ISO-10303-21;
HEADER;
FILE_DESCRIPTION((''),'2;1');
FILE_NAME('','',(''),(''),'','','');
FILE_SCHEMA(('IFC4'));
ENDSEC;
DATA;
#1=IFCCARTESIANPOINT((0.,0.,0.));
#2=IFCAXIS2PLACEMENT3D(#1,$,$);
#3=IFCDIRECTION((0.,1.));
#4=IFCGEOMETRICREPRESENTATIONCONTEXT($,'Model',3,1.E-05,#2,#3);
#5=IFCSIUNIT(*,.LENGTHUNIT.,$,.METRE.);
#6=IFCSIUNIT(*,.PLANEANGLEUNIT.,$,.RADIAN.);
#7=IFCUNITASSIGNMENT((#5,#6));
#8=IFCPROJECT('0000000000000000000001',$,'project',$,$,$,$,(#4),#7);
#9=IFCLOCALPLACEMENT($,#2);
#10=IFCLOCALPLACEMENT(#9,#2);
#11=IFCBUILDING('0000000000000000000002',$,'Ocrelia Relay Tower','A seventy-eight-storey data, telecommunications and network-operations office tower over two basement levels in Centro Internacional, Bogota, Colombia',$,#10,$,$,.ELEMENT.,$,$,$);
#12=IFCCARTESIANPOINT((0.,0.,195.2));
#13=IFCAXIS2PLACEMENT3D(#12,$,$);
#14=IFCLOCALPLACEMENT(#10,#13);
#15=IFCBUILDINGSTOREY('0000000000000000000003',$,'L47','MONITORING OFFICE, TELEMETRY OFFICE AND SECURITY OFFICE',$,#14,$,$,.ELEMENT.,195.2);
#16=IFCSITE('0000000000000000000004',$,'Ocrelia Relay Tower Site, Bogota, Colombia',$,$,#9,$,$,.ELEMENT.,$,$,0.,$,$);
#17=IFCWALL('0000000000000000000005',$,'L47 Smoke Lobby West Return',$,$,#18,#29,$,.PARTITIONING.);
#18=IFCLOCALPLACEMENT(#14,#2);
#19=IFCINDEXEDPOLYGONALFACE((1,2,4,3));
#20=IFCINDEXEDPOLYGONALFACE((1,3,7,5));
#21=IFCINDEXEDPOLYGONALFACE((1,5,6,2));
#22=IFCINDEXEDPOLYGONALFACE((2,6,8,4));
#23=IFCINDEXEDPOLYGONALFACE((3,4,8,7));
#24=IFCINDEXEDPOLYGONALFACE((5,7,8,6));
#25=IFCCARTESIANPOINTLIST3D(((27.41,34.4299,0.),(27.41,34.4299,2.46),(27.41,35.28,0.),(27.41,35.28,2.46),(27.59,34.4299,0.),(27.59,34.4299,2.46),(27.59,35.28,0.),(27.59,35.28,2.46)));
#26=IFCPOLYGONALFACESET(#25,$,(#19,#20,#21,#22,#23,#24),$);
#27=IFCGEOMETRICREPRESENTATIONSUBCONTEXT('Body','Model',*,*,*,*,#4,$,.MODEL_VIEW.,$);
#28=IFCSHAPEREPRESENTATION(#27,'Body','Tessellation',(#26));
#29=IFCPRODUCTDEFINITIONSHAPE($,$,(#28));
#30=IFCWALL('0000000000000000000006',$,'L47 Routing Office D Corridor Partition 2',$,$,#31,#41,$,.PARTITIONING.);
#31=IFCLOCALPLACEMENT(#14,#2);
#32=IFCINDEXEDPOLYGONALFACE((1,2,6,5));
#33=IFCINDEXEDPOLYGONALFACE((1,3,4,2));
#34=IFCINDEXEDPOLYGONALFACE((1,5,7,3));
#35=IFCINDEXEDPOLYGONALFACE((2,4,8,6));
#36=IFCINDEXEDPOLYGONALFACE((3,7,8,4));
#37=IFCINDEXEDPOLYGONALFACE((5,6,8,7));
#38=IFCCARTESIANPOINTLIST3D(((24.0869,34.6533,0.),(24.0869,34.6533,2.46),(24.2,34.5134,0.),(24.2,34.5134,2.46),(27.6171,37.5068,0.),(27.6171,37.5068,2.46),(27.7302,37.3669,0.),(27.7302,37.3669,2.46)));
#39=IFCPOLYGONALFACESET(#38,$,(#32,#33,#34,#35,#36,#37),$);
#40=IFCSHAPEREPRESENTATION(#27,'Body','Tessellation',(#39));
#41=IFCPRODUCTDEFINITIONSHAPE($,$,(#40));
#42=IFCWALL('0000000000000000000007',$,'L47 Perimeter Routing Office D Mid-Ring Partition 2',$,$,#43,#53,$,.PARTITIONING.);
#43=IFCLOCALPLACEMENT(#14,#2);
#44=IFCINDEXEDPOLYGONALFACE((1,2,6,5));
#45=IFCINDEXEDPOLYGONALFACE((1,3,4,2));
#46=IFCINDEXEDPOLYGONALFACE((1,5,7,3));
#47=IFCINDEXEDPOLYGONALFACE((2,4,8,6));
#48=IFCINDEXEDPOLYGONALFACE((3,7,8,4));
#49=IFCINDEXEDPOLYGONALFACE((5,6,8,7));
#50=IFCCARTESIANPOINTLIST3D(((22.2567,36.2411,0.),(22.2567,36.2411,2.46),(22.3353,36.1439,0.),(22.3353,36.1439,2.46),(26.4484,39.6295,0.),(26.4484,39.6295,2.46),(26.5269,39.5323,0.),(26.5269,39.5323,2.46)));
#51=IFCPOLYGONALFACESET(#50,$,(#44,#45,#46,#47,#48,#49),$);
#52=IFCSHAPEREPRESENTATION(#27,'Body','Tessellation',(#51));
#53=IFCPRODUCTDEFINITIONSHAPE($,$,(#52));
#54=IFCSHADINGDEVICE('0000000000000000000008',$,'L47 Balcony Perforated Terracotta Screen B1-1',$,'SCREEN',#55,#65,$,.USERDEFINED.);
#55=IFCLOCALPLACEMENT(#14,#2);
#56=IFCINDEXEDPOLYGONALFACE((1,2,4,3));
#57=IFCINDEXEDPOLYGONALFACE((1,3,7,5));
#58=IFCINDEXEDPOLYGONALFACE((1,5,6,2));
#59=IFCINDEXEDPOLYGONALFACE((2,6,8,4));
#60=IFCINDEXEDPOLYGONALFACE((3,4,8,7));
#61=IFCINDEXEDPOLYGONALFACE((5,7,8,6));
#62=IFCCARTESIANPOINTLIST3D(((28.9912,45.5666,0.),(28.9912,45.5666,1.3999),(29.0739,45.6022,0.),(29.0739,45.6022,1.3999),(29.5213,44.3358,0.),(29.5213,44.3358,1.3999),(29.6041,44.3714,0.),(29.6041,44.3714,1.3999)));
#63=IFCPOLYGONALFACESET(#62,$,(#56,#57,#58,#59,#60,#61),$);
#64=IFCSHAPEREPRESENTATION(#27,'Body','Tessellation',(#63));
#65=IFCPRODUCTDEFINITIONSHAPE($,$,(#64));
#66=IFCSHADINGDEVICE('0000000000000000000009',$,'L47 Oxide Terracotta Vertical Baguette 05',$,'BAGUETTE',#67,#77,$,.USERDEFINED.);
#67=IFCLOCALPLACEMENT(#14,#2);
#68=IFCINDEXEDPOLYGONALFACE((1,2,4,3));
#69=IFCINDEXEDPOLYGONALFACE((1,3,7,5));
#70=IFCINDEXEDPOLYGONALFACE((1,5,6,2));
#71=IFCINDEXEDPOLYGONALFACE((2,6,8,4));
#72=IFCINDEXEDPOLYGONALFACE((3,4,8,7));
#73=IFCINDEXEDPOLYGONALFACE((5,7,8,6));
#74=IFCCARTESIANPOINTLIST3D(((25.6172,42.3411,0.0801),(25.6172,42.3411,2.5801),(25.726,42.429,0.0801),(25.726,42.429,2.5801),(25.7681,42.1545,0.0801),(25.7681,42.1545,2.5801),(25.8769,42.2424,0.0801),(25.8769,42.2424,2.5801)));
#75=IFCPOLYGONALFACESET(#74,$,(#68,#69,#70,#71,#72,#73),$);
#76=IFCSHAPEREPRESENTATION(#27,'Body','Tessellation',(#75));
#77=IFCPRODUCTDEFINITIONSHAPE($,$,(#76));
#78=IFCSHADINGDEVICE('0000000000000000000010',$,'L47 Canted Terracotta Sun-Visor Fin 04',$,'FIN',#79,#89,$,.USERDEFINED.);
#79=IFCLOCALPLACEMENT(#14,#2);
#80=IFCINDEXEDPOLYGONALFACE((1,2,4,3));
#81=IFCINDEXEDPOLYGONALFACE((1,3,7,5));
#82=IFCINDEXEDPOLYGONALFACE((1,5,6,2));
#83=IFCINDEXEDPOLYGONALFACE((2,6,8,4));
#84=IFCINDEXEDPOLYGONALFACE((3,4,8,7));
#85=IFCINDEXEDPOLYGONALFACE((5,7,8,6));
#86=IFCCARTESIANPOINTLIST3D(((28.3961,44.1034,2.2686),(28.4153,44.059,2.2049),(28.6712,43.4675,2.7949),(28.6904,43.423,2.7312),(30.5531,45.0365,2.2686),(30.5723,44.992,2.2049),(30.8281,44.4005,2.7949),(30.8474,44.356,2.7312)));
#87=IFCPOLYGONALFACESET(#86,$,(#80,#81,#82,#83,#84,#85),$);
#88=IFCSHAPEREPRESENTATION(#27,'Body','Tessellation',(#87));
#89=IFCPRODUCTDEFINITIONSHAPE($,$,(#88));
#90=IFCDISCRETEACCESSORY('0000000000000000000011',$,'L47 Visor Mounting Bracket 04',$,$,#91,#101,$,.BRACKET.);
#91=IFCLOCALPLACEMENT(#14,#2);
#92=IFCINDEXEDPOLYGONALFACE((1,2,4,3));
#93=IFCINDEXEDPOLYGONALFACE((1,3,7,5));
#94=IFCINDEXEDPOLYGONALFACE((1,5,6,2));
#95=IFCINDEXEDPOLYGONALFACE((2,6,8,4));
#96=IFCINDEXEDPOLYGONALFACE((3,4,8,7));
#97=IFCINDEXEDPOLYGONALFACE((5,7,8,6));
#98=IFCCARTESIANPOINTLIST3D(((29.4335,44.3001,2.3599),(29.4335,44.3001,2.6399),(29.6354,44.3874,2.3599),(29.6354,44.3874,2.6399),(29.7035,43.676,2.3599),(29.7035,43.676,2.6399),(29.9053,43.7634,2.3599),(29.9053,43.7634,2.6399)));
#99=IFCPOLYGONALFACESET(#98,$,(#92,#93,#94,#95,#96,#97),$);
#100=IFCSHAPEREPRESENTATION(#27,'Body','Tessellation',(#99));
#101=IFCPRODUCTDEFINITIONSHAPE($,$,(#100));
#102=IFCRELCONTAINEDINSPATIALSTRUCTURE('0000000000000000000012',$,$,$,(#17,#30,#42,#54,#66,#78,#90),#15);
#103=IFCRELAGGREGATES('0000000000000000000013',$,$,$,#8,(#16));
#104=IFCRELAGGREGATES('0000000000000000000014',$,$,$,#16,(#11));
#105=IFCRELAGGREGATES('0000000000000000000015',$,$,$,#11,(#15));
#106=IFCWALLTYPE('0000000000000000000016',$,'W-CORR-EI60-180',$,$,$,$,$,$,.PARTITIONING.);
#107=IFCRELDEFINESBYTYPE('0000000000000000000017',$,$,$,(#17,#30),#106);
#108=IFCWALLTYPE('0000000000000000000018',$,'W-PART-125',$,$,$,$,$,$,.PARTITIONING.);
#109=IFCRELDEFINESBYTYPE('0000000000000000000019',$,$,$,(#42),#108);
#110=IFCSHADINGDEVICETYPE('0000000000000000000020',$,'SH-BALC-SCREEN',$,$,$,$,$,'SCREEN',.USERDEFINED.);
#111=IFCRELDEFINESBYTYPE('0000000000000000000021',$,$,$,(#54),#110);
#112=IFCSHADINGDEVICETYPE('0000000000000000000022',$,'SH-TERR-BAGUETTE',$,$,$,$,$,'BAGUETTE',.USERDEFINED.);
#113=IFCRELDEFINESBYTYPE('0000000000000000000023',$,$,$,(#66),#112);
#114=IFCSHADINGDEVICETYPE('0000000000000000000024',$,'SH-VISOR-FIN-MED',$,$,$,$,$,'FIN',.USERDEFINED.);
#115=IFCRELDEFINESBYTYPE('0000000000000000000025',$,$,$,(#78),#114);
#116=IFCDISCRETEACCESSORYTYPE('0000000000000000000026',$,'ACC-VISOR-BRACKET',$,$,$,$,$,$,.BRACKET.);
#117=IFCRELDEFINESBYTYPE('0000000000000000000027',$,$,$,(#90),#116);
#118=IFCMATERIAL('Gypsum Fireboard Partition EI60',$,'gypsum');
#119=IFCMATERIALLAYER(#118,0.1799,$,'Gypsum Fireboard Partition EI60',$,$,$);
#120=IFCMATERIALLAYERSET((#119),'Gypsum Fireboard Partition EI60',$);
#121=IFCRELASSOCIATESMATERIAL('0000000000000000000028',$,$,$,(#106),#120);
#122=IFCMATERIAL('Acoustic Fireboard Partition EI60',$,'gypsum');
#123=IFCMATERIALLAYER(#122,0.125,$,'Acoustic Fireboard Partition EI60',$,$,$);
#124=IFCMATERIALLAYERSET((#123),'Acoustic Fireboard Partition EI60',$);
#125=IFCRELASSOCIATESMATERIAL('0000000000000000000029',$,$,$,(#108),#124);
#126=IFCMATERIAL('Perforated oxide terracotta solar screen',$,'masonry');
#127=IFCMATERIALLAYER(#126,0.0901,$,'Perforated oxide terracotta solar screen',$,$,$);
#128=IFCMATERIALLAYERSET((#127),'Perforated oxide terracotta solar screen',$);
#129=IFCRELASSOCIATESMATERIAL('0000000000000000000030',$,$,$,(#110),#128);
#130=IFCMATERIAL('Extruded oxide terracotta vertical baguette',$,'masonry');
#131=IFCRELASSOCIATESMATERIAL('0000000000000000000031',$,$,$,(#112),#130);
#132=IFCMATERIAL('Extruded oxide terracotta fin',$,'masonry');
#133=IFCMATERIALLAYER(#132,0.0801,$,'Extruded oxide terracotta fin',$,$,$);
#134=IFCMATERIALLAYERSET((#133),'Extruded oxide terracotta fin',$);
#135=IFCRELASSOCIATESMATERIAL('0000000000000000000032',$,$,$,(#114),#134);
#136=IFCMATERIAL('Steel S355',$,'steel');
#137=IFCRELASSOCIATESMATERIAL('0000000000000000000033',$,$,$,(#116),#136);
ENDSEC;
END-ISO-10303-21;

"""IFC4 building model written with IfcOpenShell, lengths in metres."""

from ifc_helpers import new_model, si_unit, direction, frame, frame_2d, origin, origin_2d, place, context, subcontext, project, spatial, rectangle, extrude, material, layer, layer_set, type_object, element, save


model = new_model("IFC4")

# Units and contexts
model_context = context("Model", 3, precision=1e-05, world=origin(), true_north=direction((0.0, 1.0)))
body_context = subcontext(model_context, "Body", "Model", "MODEL_VIEW")
ifc_project = project(units=[si_unit("LENGTHUNIT", "METRE"), si_unit("PLANEANGLEUNIT", "RADIAN")], contexts=[model_context])

# Site, building, storey
site_placement = place(None, origin())
site = spatial("IfcSite", under=ifc_project, at=site_placement, Name="Ocrelia Relay Tower Site, Bogota, Colombia", CompositionType="ELEMENT", RefElevation=0.0)
building_placement = place(site_placement, origin())
building = spatial("IfcBuilding", under=site, at=building_placement, Name="Ocrelia Relay Tower", Description="A seventy-eight-storey data, telecommunications and network-operations office tower over two basement levels in Centro Internacional, Bogota, Colombia", CompositionType="ELEMENT")
storey_placement = place(building_placement, frame((0.0, 0.0, 195.2)))
storey = spatial("IfcBuildingStorey", under=building, at=storey_placement, Name="L47", Description="MONITORING OFFICE, TELEMETRY OFFICE AND SECURITY OFFICE", CompositionType="ELEMENT", Elevation=195.2)

# Shared definitions
ifc_material_1 = material(Name="Steel S355", Category="steel")

# Wall
ifc_material_2 = material(Name="Gypsum Fireboard Partition EI60", Category="gypsum")
ifc_layer_1 = layer(ifc_material_2, 0.1799, Name="Gypsum Fireboard Partition EI60")
ifc_layer_set_1 = layer_set([ifc_layer_1], Name="Gypsum Fireboard Partition EI60")
wall_type_1 = type_object("IfcWallType", Name="W-CORR-EI60-180", PredefinedType="PARTITIONING", material=ifc_layer_set_1)
wall_1_placement = place(storey_placement, frame((27.5, 34.4299, 0.0), z_axis=(0.0, 0.0, 1.0), x_axis=(0.0, 1.0, 0.0)))
element("IfcWall", 1, at=wall_1_placement, inside=storey, type_object=wall_type_1, Name="L47 Smoke Lobby West Return", PredefinedType="PARTITIONING", context=body_context, shape_type="SweptSolid", body=[
    extrude(rectangle(XDim=0.8501, YDim=0.1799, at=frame_2d((0.425, 0.0))), origin(), (0.0, 0.0, 1.0), 2.46),
])

# Wall
wall_2_placement = place(storey_placement, frame((27.6736, 37.4368, 0.0), z_axis=(0.0, 0.0, 1.0), x_axis=(-0.777711, -0.628622, 0.0)))
element("IfcWall", 2, at=wall_2_placement, inside=storey, type_object=wall_type_1, Name="L47 Routing Office D Corridor Partition 2", PredefinedType="PARTITIONING", context=body_context, shape_type="SweptSolid", body=[
    extrude(rectangle(XDim=4.5393, YDim=0.1799, at=frame_2d((2.2695, 0.0))), origin(), (0.0, 0.0, 1.0), 2.46),
])

# Wall
ifc_material_3 = material(Name="Acoustic Fireboard Partition EI60", Category="gypsum")
ifc_layer_2 = layer(ifc_material_3, 0.125, Name="Acoustic Fireboard Partition EI60")
ifc_layer_set_2 = layer_set([ifc_layer_2], Name="Acoustic Fireboard Partition EI60")
wall_type_2 = type_object("IfcWallType", Name="W-PART-125", PredefinedType="PARTITIONING", material=ifc_layer_set_2)
wall_3_placement = place(storey_placement, frame((26.4875, 39.5808, 0.0), z_axis=(0.0, 0.0, 1.0), x_axis=(-0.777681, -0.628659, 0.0)))
element("IfcWall", 3, at=wall_3_placement, inside=storey, type_object=wall_type_2, Name="L47 Perimeter Routing Office D Mid-Ring Partition 2", PredefinedType="PARTITIONING", context=body_context, shape_type="SweptSolid", body=[
    extrude(rectangle(XDim=5.3899, YDim=0.125, at=frame_2d((2.6948, 0.0))), origin(), (0.0, 0.0, 1.0), 2.46),
])

# Shading devices
ifc_material_4 = material(Name="Perforated oxide terracotta solar screen", Category="masonry")
ifc_layer_3 = layer(ifc_material_4, 0.0901, Name="Perforated oxide terracotta solar screen")
ifc_layer_set_3 = layer_set([ifc_layer_3], Name="Perforated oxide terracotta solar screen")
shading_device_type_1 = type_object("IfcShadingDeviceType", Name="SH-BALC-SCREEN", ElementType="SCREEN", PredefinedType="USERDEFINED", material=ifc_layer_set_3)
shading_device_1_placement = place(storey_placement, frame((29.2976, 44.969, 0.0), z_axis=(0.0, 0.0, 1.0), x_axis=(-0.395625, 0.918412, 0.0)))
element("IfcShadingDevice", 4, at=shading_device_1_placement, inside=storey, type_object=shading_device_type_1, Name="L47 Balcony Perforated Terracotta Screen B1-1", ObjectType="SCREEN", PredefinedType="USERDEFINED", context=body_context, shape_type="SweptSolid", body=[
    extrude(rectangle(XDim=1.3401, YDim=0.0901, at=origin_2d()), origin(), (0.0, 0.0, 1.0), 1.3999),
])
ifc_material_5 = material(Name="Extruded oxide terracotta vertical baguette", Category="masonry")
shading_device_type_2 = type_object("IfcShadingDeviceType", Name="SH-TERR-BAGUETTE", ElementType="BAGUETTE", PredefinedType="USERDEFINED", material=ifc_material_5)
shading_device_2_placement = place(storey_placement, frame((25.7471, 42.2917, 0.0801), z_axis=(0.0, 0.0, 1.0), x_axis=(-0.777688, -0.62865, 0.0)))
element("IfcShadingDevice", 5, at=shading_device_2_placement, inside=storey, type_object=shading_device_type_2, Name="L47 Oxide Terracotta Vertical Baguette 05", ObjectType="BAGUETTE", PredefinedType="USERDEFINED", context=body_context, shape_type="SweptSolid", body=[
    extrude(rectangle(XDim=0.1399, YDim=0.24, at=origin_2d()), origin(), (0.0, 0.0, 1.0), 2.5),
])
ifc_material_6 = material(Name="Extruded oxide terracotta fin", Category="masonry")
ifc_layer_4 = layer(ifc_material_6, 0.0801, Name="Extruded oxide terracotta fin")
ifc_layer_set_4 = layer_set([ifc_layer_4], Name="Extruded oxide terracotta fin")
shading_device_type_3 = type_object("IfcShadingDeviceType", Name="SH-VISOR-FIN-MED", ElementType="FIN", PredefinedType="USERDEFINED", material=ifc_layer_set_4)
shading_device_3_placement = place(storey_placement, frame((29.6313, 44.2075, 2.468), z_axis=(-0.24014, 0.555166, 0.796319), x_axis=(-0.917816, -0.397006, 0.0)))
element("IfcShadingDevice", 6, at=shading_device_3_placement, inside=storey, type_object=shading_device_type_3, Name="L47 Canted Terracotta Sun-Visor Fin 04", ObjectType="FIN", PredefinedType="USERDEFINED", context=body_context, shape_type="SweptSolid", body=[
    extrude(rectangle(XDim=2.3501, YDim=0.8701, at=origin_2d()), origin(), (0.0, 0.0, 1.0), 0.0801),
])

# Discrete accessory
discrete_accessory_type = type_object("IfcDiscreteAccessoryType", Name="ACC-VISOR-BRACKET", PredefinedType="BRACKET", material=ifc_material_1)
discrete_accessory_placement = place(storey_placement, frame((29.6694, 44.0317, 2.3599), z_axis=(0.0, 0.0, 1.0), x_axis=(-0.917816, -0.397006, 0.0)))
element("IfcDiscreteAccessory", 7, at=discrete_accessory_placement, inside=storey, type_object=discrete_accessory_type, Name="L47 Visor Mounting Bracket 04", PredefinedType="BRACKET", context=body_context, shape_type="SweptSolid", body=[
    extrude(rectangle(XDim=0.22, YDim=0.6799, at=origin_2d()), origin(), (0.0, 0.0, 1.0), 0.28),
])

save(model, "model.ifc")
